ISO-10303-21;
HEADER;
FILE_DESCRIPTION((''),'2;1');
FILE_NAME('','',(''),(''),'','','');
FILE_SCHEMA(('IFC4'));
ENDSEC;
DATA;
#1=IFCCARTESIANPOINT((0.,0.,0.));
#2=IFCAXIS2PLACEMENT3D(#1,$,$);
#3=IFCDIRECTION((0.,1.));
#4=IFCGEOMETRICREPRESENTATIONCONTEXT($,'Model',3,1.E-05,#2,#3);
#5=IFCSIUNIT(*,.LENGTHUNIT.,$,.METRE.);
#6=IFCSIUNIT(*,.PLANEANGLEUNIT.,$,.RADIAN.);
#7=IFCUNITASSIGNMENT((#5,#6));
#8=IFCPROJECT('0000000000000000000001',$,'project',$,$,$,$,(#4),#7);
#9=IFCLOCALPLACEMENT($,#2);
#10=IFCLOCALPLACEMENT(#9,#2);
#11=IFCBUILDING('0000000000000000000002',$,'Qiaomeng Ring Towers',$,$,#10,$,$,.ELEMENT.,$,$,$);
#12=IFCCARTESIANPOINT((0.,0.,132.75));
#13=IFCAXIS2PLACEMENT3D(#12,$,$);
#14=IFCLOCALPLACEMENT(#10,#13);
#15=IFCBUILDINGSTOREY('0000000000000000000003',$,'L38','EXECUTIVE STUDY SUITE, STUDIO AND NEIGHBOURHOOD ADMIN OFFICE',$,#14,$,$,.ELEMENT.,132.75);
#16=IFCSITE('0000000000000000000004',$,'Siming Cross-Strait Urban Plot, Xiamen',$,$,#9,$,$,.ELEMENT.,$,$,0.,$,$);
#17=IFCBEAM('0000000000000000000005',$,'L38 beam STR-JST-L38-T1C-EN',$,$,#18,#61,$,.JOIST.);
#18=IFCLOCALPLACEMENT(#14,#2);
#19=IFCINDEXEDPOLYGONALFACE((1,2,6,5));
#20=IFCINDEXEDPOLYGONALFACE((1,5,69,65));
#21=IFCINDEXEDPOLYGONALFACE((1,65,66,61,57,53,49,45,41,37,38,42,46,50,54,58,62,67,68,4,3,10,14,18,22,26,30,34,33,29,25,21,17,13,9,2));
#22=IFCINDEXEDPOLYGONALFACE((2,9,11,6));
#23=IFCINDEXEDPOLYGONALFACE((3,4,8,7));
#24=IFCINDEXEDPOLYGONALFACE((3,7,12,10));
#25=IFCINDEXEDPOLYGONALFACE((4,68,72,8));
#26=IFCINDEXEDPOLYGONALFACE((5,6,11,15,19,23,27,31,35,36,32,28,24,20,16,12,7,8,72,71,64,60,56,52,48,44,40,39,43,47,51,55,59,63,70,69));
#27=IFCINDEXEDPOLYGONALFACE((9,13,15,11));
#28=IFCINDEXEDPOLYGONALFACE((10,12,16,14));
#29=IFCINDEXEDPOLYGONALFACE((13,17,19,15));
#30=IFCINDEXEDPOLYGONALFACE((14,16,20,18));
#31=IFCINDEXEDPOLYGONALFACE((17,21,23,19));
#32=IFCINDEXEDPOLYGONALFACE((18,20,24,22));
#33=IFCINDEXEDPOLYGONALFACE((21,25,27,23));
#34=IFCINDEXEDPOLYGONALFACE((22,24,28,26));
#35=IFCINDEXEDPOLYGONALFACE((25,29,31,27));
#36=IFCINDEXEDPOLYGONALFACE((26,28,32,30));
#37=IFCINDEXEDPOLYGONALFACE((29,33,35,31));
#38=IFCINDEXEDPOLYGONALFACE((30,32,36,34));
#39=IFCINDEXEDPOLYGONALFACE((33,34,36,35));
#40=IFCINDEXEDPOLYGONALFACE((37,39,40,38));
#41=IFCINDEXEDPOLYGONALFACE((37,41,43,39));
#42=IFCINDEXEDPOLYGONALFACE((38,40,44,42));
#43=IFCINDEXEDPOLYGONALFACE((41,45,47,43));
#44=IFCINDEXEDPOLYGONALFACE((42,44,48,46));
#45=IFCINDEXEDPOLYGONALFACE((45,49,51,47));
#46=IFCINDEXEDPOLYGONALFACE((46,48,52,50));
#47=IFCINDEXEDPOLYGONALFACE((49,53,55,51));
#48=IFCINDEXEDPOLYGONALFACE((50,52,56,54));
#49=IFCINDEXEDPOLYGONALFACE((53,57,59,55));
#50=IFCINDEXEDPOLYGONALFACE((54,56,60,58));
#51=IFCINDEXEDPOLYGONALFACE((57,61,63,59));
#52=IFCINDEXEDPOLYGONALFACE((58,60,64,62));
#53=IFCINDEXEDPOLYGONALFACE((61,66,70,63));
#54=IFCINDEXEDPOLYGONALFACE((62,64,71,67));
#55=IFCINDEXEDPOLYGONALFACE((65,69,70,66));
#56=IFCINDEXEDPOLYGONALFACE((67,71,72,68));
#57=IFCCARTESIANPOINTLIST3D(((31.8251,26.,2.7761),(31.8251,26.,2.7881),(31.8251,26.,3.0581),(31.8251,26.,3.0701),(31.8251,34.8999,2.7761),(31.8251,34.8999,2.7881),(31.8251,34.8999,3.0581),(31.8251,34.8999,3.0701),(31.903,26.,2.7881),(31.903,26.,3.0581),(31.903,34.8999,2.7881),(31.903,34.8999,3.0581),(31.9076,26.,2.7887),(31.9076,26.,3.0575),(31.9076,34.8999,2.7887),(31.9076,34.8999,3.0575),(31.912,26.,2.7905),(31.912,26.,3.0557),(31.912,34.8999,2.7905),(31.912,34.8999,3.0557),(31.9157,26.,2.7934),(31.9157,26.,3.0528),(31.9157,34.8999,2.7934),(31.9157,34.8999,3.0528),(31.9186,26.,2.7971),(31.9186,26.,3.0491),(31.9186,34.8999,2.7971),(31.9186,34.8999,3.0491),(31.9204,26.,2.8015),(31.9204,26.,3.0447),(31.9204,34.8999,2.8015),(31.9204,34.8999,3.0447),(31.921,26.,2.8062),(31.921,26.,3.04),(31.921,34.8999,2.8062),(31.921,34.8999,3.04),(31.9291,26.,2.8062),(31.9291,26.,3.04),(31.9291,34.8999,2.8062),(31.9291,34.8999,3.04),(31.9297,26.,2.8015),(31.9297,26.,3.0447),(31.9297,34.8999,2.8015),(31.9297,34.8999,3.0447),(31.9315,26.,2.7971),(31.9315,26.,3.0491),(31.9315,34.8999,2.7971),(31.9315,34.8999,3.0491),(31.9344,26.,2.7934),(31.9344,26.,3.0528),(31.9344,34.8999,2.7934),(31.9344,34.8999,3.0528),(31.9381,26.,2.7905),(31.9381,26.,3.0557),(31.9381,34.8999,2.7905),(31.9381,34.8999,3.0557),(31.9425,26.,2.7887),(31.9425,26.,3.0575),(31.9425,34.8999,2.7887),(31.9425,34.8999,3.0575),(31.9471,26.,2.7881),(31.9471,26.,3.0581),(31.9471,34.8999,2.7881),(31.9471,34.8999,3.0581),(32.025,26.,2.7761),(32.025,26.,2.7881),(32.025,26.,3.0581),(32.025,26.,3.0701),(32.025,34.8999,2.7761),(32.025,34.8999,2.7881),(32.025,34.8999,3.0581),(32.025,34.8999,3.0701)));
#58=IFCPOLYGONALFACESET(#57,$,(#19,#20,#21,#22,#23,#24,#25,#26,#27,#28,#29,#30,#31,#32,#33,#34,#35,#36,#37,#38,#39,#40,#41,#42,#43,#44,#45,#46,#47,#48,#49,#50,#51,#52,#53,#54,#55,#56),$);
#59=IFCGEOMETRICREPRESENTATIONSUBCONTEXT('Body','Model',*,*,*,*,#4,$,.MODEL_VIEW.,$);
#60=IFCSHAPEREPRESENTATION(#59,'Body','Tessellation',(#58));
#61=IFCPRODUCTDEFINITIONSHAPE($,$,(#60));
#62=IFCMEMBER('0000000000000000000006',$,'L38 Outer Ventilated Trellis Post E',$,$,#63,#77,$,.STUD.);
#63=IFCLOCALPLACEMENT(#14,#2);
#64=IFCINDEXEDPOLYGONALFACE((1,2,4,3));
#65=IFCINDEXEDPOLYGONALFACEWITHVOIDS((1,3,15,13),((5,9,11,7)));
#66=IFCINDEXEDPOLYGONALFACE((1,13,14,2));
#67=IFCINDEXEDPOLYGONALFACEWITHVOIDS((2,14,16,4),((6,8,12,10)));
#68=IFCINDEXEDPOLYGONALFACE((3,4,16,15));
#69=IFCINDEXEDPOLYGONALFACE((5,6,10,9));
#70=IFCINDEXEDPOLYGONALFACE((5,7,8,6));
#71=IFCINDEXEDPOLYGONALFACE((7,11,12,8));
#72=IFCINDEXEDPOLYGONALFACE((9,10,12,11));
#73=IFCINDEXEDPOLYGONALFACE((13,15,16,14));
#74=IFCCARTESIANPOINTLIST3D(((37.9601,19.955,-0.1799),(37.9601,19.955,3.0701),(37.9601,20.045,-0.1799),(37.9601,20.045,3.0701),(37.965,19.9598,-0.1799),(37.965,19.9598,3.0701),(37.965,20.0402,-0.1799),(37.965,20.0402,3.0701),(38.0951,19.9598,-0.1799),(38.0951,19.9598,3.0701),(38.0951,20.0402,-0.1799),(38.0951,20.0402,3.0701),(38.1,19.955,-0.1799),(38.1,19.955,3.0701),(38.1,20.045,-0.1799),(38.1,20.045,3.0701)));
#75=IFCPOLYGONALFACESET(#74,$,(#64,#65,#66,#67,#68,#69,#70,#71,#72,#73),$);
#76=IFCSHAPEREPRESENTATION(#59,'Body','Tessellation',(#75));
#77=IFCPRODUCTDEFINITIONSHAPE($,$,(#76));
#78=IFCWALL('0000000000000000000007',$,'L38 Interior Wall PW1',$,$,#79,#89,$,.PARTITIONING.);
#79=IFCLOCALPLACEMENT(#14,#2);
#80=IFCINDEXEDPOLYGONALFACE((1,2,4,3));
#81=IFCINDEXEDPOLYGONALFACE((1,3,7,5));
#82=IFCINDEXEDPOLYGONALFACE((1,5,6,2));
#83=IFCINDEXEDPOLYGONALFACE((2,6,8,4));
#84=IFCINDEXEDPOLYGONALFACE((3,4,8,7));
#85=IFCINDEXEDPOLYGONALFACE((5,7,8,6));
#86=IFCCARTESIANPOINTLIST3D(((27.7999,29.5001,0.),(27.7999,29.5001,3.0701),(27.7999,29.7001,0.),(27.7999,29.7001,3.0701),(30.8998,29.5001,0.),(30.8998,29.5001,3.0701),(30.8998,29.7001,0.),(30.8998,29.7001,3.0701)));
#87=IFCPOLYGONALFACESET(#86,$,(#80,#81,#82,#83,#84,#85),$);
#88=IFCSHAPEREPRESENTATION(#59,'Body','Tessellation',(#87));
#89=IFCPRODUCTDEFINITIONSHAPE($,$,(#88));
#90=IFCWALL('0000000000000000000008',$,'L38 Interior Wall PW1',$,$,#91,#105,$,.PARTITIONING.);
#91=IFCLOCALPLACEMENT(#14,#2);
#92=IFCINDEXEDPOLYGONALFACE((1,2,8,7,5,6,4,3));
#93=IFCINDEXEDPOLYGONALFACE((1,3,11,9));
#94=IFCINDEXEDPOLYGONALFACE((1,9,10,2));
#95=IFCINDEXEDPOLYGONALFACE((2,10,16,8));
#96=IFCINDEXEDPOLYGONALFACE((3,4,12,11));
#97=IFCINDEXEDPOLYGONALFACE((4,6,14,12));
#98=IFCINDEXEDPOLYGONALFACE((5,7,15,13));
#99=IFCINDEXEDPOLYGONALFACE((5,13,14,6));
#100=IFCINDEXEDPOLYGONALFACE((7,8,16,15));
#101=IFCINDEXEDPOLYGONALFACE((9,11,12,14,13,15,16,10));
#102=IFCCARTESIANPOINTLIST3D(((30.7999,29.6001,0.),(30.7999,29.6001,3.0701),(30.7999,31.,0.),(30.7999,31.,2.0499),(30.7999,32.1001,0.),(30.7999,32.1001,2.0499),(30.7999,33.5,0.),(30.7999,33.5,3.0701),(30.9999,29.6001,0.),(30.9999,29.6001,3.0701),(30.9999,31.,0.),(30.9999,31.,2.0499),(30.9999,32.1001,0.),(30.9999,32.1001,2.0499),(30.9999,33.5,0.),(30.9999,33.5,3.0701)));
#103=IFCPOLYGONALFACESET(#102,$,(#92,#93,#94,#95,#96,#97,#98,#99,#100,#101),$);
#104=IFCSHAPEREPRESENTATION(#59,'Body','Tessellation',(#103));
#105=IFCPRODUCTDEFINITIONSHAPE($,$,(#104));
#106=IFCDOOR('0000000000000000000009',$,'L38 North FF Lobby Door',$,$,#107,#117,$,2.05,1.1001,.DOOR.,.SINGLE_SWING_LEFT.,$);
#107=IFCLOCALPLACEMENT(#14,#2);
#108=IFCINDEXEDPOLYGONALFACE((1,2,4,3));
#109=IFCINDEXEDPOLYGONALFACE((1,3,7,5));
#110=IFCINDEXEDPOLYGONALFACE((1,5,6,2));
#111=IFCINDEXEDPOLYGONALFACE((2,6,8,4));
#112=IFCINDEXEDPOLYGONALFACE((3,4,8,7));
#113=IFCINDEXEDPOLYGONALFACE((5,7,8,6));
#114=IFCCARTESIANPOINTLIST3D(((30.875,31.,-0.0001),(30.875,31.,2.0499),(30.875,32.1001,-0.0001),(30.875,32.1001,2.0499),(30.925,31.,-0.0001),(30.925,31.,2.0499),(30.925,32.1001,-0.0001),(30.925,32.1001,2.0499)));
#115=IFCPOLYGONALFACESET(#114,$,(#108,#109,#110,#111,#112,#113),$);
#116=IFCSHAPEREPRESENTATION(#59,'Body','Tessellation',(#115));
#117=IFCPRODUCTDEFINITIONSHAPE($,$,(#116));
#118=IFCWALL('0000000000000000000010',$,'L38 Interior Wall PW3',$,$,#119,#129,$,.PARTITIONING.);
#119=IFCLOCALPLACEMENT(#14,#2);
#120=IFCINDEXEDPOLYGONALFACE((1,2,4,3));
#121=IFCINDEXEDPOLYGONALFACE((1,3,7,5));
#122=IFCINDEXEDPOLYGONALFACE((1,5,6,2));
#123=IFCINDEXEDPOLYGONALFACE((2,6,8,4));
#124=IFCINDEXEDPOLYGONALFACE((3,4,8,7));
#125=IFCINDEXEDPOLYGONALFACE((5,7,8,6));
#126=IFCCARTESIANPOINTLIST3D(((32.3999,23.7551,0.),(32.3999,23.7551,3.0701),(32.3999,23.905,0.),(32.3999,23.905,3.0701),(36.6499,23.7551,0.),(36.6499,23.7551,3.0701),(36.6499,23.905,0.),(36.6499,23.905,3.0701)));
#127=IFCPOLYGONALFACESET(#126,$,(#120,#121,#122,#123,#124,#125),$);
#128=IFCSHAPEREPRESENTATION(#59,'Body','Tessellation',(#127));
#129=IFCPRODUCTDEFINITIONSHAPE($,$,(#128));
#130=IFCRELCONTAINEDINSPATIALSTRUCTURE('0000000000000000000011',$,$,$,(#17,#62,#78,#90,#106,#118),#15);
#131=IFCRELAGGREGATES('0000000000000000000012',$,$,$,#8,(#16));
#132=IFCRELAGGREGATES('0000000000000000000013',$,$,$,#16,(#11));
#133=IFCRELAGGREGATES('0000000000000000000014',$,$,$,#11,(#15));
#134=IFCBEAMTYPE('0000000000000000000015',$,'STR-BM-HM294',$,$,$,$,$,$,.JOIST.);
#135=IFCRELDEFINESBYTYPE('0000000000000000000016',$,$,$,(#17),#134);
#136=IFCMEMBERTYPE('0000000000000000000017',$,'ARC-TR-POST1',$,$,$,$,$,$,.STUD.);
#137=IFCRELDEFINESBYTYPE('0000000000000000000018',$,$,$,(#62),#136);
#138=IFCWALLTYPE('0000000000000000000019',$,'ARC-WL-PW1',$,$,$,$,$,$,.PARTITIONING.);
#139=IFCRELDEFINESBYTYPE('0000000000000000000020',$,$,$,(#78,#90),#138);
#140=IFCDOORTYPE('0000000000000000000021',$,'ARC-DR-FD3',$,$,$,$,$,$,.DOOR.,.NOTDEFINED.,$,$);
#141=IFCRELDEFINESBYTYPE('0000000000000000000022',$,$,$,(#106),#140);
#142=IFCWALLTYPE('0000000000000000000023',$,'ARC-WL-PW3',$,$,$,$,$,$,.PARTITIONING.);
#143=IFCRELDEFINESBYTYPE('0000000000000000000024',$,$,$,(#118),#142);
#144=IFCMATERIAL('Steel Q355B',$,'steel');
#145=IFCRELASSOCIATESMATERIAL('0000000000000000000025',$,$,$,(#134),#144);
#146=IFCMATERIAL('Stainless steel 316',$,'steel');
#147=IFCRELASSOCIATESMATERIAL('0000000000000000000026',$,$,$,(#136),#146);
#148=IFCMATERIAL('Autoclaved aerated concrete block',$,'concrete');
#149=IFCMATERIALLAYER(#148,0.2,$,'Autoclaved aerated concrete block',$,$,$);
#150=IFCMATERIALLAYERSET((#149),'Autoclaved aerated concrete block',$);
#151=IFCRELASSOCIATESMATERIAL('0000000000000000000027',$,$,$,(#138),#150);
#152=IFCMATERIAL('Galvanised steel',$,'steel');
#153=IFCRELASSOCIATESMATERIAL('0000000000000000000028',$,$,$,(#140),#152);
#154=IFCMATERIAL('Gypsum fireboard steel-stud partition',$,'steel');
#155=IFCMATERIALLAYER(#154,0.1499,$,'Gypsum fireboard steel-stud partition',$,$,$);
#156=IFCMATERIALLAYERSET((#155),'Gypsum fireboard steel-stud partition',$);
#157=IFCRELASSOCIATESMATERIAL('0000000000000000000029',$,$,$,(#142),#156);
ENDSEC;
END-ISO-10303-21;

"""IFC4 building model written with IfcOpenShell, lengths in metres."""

from ifc_helpers import new_model, si_unit, direction, frame, frame_2d, origin, origin_2d, place, context, subcontext, project, spatial, rectangle, hollow_rectangle, i_section, extrude, source, transform, mapped, material, layer, layer_set, material_profile, profile_set, type_object, element, fill, save


model = new_model("IFC4")

# Units and contexts
model_context = context("Model", 3, precision=1e-05, world=origin(), true_north=direction((0.0, 1.0)))
body_context = subcontext(model_context, "Body", "Model", "MODEL_VIEW")
ifc_project = project(units=[si_unit("LENGTHUNIT", "METRE"), si_unit("PLANEANGLEUNIT", "RADIAN")], contexts=[model_context])

# Site, building, storey
site_placement = place(None, origin())
site = spatial("IfcSite", under=ifc_project, at=site_placement, Name="Siming Cross-Strait Urban Plot, Xiamen", CompositionType="ELEMENT", RefElevation=0.0)
building_placement = place(site_placement, origin())
building = spatial("IfcBuilding", under=site, at=building_placement, Name="Qiaomeng Ring Towers", CompositionType="ELEMENT")
storey_placement = place(building_placement, frame((0.0, 0.0, 132.75)))
storey = spatial("IfcBuildingStorey", under=building, at=storey_placement, Name="L38", Description="EXECUTIVE STUDY SUITE, STUDIO AND NEIGHBOURHOOD ADMIN OFFICE", CompositionType="ELEMENT", Elevation=132.75)

# Beam
ifc_material_1 = material(Name="Steel Q355B", Category="steel")
ifc_material_profile_1 = material_profile(ifc_material_1, i_section(OverallWidth=0.2, OverallDepth=0.2939, WebThickness=0.0081, FlangeThickness=0.012, FilletRadius=0.0181, at=origin_2d()), Name="HM 294x200x8x12")
ifc_profile_set_1 = profile_set([ifc_material_profile_1], Name="Steel Q355B")
beam_type_1 = type_object("IfcBeamType", Name="STR-BM-HM294", PredefinedType="JOIST", material=ifc_profile_set_1)
shared_shape_1 = source(origin(), body_context, "Body", "SweptSolid", [
    extrude(i_section(OverallWidth=0.2, OverallDepth=0.2939, WebThickness=0.0081, FlangeThickness=0.012, FilletRadius=0.0181, at=origin_2d()), origin(), (0.0, 0.0, 1.0), 8.8999),
])
beam_1_placement = place(storey_placement, frame((31.925, 26.0, 2.9231), z_axis=(0.0, 1.0, 0.0), x_axis=(-1.0, 0.0, 0.0)))
element("IfcBeam", 1, at=beam_1_placement, inside=storey, type_object=beam_type_1, Name="L38 beam STR-JST-L38-T1C-EN", PredefinedType="JOIST", context=body_context, shape_type="MappedRepresentation", body=[
    mapped(shared_shape_1, transform((0.0, 0.0, 0.0), x_axis=(1.0, 0.0, 0.0), y_axis=(0.0, 1.0, 0.0), z_axis=(0.0, 0.0, 1.0), scale=1.0)),
])

# Member
ifc_material_2 = material(Name="Stainless steel 316", Category="steel")
ifc_material_profile_2 = material_profile(ifc_material_2, hollow_rectangle(XDim=0.0901, YDim=0.1399, WallThickness=0.0049, at=origin_2d()), Name="SS TRELLIS 90x140")
ifc_profile_set_2 = profile_set([ifc_material_profile_2], Name="Stainless steel 316")
member_type = type_object("IfcMemberType", Name="ARC-TR-POST1", PredefinedType="STUD", material=ifc_profile_set_2)
shared_shape_2 = source(origin(), body_context, "Body", "SweptSolid", [
    extrude(hollow_rectangle(XDim=0.0901, YDim=0.1399, WallThickness=0.0049, at=origin_2d()), origin(), (0.0, 0.0, 1.0), 3.25),
])
member_placement = place(storey_placement, frame((38.03, 20.0, -0.1799), z_axis=(0.0, 0.0, 1.0), x_axis=(0.0, 1.0, 0.0)))
element("IfcMember", 2, at=member_placement, inside=storey, type_object=member_type, Name="L38 Outer Ventilated Trellis Post E", PredefinedType="STUD", context=body_context, shape_type="MappedRepresentation", body=[
    mapped(shared_shape_2, transform((0.0, 0.0, 0.0), x_axis=(1.0, 0.0, 0.0), y_axis=(0.0, 1.0, 0.0), z_axis=(0.0, 0.0, 1.0), scale=1.0)),
])

# Wall
ifc_material_3 = material(Name="Autoclaved aerated concrete block", Category="concrete")
ifc_layer_1 = layer(ifc_material_3, 0.2, Name="Autoclaved aerated concrete block")
ifc_layer_set_1 = layer_set([ifc_layer_1], Name="Autoclaved aerated concrete block")
wall_type_1 = type_object("IfcWallType", Name="ARC-WL-PW1", PredefinedType="PARTITIONING", material=ifc_layer_set_1)
wall_1_placement = place(storey_placement, frame((27.8, 29.6001, 0.0), z_axis=(0.0, 0.0, 1.0), x_axis=(1.0, 0.0, 0.0)))
element("IfcWall", 3, at=wall_1_placement, inside=storey, type_object=wall_type_1, Name="L38 Interior Wall PW1", PredefinedType="PARTITIONING", context=body_context, shape_type="SweptSolid", body=[
    extrude(rectangle(XDim=3.0999, YDim=0.2, at=frame_2d((1.5498, 0.0))), origin(), (0.0, 0.0, 1.0), 3.0701),
])

# Wall, opening, door
wall_2_placement = place(storey_placement, frame((30.8999, 29.6001, 0.0), z_axis=(0.0, 0.0, 1.0), x_axis=(0.0, 1.0, 0.0)))
wall_2 = element("IfcWall", 4, at=wall_2_placement, inside=storey, type_object=wall_type_1, Name="L38 Interior Wall PW1", PredefinedType="PARTITIONING", context=body_context, shape_type="SweptSolid", body=[
    extrude(rectangle(XDim=3.8999, YDim=0.2, at=frame_2d((1.95, 0.0))), origin(), (0.0, 0.0, 1.0), 3.0701),
])
opening_1_placement = place(wall_2_placement, frame((1.3999, 0.0, 0.0)))
opening_1 = element("IfcOpeningElement", 5, at=opening_1_placement, cuts=wall_2, PredefinedType="OPENING", context=body_context, shape_type="SweptSolid", body=[
    extrude(rectangle(XDim=1.1001, YDim=2.05, at=frame_2d((0.55, 1.0249))), frame((0.0, 0.1099, 0.0), z_axis=(0.0, -1.0, 0.0), x_axis=(1.0, 0.0, 0.0)), (0.0, 0.0, 1.0), 0.22),
])
ifc_material_4 = material(Name="Galvanised steel", Category="steel")
door_type_1 = type_object("IfcDoorType", Name="ARC-DR-FD3", OperationType="NOTDEFINED", PredefinedType="DOOR", material=ifc_material_4)
shared_shape_3 = source(origin(), body_context, "Body", "SweptSolid", [
    extrude(rectangle(XDim=1.1001, YDim=2.05, at=frame_2d((0.55, 1.0249))), frame((0.0, 0.0249, 0.0), z_axis=(0.0, -1.0, 0.0), x_axis=(1.0, 0.0, 0.0)), (0.0, 0.0, 1.0), 0.05),
])
door_1_placement = place(opening_1_placement, origin())
door_1 = element("IfcDoor", 6, at=door_1_placement, inside=storey, type_object=door_type_1, Name="L38 North FF Lobby Door", OperationType="SINGLE_SWING_LEFT", OverallHeight=2.05, OverallWidth=1.1001, PredefinedType="DOOR", context=body_context, shape_type="MappedRepresentation", body=[
    mapped(shared_shape_3, transform((0.0, 0.0, 0.0), x_axis=(1.0, 0.0, 0.0), y_axis=(0.0, 1.0, 0.0), z_axis=(0.0, 0.0, 1.0), scale=1.0)),
])
fill(opening_1, door_1)

# Wall
ifc_material_5 = material(Name="Gypsum fireboard steel-stud partition", Category="steel")
ifc_layer_2 = layer(ifc_material_5, 0.1499, Name="Gypsum fireboard steel-stud partition")
ifc_layer_set_2 = layer_set([ifc_layer_2], Name="Gypsum fireboard steel-stud partition")
wall_type_2 = type_object("IfcWallType", Name="ARC-WL-PW3", PredefinedType="PARTITIONING", material=ifc_layer_set_2)
wall_3_placement = place(storey_placement, frame((32.3999, 23.8301, 0.0), z_axis=(0.0, 0.0, 1.0), x_axis=(1.0, 0.0, 0.0)))
element("IfcWall", 7, at=wall_3_placement, inside=storey, type_object=wall_type_2, Name="L38 Interior Wall PW3", PredefinedType="PARTITIONING", context=body_context, shape_type="SweptSolid", body=[
    extrude(rectangle(XDim=4.25, YDim=0.1499, at=frame_2d((2.125, 0.0))), origin(), (0.0, 0.0, 1.0), 3.0701),
])

save(model, "model.ifc")
